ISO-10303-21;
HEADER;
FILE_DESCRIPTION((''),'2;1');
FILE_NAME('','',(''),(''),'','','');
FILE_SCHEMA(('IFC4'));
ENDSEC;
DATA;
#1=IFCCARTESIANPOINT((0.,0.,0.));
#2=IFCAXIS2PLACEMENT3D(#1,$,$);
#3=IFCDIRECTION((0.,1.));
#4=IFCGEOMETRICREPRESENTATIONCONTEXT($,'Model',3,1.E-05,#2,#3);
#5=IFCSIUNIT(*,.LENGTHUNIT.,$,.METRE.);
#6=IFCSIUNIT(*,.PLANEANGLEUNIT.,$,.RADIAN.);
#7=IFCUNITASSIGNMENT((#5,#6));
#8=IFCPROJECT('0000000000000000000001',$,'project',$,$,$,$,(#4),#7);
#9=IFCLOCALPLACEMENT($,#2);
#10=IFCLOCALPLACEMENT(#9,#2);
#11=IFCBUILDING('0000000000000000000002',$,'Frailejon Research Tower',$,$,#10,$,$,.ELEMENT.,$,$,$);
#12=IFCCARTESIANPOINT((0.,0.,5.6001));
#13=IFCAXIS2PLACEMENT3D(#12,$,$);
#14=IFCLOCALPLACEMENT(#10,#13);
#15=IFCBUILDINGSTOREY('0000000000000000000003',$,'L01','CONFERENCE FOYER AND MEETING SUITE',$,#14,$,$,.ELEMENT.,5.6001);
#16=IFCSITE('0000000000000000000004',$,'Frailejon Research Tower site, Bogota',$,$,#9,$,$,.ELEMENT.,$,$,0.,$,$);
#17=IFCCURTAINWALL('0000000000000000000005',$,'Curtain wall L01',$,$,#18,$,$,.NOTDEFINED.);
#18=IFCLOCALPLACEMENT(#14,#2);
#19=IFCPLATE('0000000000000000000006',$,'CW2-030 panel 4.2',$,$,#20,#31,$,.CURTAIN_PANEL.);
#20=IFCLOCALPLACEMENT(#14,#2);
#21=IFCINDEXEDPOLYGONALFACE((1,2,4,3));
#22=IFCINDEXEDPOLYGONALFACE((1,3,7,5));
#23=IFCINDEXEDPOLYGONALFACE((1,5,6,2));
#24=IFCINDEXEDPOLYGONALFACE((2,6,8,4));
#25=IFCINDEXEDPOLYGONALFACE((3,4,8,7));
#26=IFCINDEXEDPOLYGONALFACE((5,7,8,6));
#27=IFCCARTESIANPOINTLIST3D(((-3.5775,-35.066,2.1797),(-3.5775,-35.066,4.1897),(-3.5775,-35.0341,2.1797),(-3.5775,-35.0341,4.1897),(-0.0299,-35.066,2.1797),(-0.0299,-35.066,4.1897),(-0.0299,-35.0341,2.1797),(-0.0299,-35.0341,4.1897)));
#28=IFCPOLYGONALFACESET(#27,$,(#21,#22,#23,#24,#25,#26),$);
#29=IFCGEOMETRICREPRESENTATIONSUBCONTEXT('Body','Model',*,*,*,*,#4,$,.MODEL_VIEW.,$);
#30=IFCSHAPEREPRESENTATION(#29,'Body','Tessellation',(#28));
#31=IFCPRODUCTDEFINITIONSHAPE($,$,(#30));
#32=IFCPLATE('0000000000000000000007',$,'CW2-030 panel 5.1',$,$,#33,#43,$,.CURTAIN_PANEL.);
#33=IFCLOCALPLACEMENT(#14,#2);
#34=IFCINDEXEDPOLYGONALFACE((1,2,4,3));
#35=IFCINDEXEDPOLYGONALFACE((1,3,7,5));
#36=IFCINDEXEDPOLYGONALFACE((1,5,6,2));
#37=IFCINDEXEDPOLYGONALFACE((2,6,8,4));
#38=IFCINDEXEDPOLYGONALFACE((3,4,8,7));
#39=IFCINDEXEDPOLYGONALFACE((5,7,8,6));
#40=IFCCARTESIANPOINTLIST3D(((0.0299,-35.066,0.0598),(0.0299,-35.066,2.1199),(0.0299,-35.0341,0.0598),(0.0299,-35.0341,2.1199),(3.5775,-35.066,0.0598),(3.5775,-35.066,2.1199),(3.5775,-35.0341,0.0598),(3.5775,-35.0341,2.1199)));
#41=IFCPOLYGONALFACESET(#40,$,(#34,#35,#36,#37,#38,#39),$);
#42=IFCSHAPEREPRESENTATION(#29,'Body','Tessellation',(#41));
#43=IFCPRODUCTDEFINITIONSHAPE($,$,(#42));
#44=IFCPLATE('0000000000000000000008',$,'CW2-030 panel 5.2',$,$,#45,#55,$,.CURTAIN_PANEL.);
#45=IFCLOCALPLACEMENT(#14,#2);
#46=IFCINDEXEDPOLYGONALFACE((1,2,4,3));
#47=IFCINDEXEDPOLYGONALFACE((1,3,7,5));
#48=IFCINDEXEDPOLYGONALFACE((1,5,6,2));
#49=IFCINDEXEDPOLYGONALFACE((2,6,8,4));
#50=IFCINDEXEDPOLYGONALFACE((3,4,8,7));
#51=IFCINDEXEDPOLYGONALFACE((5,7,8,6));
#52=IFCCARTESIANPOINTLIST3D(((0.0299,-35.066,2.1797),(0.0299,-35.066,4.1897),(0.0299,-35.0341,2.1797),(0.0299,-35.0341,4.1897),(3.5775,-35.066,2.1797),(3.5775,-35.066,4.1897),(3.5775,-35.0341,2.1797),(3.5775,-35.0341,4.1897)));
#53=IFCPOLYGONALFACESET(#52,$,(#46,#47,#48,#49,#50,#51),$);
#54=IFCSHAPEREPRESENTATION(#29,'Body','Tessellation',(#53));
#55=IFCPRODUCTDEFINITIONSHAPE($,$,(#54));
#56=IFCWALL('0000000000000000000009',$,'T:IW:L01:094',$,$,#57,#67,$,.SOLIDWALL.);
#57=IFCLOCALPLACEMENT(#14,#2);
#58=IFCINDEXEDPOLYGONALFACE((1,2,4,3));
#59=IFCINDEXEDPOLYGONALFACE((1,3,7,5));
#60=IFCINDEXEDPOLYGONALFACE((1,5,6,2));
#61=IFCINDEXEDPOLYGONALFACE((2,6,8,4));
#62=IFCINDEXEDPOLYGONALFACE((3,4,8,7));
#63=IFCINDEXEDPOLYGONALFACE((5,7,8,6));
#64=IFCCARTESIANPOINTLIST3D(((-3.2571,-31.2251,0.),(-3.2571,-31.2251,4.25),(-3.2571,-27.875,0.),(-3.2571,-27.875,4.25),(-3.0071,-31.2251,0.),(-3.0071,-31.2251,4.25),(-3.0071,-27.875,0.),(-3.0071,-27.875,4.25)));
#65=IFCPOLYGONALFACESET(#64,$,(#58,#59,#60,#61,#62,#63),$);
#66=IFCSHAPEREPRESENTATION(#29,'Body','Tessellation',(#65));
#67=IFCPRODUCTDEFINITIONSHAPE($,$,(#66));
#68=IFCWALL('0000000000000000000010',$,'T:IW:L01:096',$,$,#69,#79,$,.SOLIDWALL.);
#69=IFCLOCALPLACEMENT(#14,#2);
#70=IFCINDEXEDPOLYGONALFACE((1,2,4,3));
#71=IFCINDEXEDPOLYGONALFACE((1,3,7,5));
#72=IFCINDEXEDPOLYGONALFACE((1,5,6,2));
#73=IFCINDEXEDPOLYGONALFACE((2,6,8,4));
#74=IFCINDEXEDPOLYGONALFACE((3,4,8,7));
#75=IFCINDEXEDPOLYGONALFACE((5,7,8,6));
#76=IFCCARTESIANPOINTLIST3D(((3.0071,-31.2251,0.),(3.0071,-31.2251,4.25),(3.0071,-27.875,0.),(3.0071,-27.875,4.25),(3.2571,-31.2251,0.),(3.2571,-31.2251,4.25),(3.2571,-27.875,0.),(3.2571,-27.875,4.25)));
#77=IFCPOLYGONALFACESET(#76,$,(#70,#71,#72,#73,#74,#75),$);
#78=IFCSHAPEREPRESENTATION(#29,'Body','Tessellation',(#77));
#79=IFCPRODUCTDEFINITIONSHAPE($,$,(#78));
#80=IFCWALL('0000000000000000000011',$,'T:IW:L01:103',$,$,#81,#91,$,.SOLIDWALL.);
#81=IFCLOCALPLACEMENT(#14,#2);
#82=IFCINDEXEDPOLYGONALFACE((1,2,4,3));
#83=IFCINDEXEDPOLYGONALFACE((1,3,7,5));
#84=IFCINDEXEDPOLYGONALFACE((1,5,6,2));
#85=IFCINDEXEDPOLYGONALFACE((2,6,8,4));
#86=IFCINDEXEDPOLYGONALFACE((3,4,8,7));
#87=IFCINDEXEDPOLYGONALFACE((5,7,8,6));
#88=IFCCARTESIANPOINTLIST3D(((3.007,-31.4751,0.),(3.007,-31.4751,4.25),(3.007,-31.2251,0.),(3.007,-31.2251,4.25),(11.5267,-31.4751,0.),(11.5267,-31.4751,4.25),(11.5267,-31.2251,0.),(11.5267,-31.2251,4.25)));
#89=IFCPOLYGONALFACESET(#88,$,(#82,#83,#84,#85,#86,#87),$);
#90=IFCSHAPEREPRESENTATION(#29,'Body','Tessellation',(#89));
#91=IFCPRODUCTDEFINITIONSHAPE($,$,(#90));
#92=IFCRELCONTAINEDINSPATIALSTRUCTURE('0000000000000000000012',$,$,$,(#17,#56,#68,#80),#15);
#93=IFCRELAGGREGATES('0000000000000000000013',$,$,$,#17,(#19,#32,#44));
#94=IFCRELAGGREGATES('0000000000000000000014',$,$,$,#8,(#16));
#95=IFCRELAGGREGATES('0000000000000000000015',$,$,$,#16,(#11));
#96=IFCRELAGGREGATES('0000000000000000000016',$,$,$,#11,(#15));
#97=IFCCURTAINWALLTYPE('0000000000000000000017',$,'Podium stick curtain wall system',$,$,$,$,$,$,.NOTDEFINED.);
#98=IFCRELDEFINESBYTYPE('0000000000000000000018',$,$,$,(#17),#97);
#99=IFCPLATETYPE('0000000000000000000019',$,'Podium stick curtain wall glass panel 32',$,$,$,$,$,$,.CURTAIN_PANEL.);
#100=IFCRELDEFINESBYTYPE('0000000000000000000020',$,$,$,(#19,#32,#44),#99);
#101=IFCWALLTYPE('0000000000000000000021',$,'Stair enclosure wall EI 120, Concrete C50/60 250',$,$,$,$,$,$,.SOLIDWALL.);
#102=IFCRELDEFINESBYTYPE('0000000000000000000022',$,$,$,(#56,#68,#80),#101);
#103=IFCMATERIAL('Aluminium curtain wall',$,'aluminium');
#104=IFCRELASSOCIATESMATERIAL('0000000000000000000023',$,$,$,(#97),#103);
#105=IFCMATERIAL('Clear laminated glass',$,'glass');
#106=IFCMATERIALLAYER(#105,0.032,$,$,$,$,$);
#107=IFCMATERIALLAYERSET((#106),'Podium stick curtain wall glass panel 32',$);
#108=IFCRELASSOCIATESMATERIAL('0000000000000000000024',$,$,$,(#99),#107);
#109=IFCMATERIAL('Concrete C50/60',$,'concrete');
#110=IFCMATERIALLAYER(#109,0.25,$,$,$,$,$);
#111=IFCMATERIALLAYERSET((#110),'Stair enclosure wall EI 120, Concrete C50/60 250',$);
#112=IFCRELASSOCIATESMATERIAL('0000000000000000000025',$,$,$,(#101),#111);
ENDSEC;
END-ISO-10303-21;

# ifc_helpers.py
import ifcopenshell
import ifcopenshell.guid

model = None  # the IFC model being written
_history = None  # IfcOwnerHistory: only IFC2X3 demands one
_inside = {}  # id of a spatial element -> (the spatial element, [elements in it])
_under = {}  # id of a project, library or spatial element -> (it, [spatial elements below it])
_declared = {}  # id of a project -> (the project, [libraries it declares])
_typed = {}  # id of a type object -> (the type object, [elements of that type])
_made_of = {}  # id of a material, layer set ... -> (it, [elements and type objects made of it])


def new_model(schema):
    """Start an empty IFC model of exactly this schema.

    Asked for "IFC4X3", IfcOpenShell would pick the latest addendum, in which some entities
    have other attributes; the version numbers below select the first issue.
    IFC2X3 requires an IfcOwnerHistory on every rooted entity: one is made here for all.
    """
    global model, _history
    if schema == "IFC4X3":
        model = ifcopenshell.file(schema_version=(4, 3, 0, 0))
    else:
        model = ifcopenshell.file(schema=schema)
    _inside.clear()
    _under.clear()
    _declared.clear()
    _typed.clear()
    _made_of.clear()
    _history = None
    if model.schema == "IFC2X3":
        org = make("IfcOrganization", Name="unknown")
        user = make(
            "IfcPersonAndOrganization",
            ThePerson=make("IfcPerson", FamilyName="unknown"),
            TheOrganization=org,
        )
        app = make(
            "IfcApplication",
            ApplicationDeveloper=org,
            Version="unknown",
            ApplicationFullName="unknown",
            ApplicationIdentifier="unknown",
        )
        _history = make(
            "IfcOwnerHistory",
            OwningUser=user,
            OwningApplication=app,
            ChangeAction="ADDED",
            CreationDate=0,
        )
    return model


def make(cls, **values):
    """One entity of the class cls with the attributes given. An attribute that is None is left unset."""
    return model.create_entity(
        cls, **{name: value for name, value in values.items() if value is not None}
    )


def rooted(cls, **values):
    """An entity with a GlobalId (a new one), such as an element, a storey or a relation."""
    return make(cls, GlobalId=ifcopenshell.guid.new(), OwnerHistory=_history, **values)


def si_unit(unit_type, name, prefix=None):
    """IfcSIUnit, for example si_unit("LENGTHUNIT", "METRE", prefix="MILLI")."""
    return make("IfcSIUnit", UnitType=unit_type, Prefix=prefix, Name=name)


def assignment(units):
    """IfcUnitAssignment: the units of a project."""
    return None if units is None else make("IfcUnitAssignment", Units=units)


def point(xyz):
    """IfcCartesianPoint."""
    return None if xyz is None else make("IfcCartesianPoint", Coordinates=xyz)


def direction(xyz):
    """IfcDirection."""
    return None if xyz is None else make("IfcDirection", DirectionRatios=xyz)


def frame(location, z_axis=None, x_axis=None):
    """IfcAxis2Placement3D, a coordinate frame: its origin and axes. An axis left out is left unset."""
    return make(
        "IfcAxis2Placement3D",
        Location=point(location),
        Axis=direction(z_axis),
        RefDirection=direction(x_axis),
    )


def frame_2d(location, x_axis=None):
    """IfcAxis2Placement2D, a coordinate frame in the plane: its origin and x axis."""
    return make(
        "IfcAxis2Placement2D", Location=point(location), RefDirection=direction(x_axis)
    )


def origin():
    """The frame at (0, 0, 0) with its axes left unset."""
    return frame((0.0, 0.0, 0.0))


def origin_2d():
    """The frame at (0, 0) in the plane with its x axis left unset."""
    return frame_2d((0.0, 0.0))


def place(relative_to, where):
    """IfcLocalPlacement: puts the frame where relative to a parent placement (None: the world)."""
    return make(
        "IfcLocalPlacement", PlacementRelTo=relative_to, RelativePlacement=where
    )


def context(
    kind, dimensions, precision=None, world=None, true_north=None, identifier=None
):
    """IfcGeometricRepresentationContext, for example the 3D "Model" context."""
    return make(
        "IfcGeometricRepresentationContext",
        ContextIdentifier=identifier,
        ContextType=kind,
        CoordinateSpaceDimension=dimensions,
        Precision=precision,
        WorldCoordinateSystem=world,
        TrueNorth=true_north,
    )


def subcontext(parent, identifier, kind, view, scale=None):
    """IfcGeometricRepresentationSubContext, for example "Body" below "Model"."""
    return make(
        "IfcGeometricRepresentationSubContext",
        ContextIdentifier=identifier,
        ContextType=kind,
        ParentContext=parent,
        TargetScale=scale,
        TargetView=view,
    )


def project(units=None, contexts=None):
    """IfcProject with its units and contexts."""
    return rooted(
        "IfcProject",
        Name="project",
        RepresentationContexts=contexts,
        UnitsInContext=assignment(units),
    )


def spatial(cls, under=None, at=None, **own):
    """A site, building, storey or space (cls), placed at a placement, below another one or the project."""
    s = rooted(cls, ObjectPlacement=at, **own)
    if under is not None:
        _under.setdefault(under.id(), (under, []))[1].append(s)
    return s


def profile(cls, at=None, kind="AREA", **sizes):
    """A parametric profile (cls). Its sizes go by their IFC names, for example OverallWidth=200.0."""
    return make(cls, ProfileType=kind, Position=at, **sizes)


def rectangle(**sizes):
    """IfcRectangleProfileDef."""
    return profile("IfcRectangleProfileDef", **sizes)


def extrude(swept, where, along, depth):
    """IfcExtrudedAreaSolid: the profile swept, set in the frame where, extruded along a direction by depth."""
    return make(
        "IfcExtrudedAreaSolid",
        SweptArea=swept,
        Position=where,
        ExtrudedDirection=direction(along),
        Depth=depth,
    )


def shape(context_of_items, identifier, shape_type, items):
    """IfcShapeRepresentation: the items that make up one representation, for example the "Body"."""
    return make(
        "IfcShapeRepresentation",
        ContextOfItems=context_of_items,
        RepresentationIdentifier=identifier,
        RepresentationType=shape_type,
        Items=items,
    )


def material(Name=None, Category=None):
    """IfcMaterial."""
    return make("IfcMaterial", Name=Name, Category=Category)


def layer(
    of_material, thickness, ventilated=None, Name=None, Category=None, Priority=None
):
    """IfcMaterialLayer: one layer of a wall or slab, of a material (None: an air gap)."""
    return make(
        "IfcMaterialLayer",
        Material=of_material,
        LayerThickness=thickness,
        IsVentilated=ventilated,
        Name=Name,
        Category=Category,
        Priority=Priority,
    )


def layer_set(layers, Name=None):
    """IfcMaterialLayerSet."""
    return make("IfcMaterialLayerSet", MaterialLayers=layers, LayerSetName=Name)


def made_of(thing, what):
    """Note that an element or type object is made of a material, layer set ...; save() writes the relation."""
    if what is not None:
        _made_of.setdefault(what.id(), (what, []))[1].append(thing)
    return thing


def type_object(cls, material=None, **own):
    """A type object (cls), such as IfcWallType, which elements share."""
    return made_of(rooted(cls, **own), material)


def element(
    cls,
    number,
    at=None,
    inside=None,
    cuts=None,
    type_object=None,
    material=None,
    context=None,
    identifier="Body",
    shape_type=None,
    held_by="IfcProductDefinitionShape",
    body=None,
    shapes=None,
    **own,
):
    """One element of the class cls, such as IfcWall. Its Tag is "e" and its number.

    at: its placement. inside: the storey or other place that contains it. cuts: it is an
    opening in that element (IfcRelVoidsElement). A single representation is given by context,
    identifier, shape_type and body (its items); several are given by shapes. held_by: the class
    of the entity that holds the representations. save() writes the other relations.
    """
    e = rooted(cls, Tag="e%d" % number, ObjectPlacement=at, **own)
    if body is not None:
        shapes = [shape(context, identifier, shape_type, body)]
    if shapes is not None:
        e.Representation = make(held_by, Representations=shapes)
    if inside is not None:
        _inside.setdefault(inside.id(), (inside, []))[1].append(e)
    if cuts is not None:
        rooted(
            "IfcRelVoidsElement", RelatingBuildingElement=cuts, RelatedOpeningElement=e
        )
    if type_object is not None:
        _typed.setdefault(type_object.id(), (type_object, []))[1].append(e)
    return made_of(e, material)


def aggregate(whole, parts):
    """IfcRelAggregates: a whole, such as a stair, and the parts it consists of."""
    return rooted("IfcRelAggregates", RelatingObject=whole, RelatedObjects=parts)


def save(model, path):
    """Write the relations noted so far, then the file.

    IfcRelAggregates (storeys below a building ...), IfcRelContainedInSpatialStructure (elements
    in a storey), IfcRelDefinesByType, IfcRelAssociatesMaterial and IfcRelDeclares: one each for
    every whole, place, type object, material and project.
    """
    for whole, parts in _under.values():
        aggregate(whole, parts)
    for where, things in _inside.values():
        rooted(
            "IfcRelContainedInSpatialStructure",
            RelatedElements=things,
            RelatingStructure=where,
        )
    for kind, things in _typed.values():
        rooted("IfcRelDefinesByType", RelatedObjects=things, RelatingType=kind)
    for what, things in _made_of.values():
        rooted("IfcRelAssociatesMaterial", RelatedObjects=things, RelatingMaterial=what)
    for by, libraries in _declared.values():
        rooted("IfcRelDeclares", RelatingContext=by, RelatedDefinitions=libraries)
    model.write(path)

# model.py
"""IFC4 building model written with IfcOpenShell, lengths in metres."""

from ifc_helpers import new_model, si_unit, direction, frame, frame_2d, origin, origin_2d, place, context, subcontext, project, spatial, rectangle, extrude, material, layer, layer_set, type_object, element, aggregate, save


model = new_model("IFC4")

# Units and contexts
model_context = context("Model", 3, precision=1e-05, world=origin(), true_north=direction((0.0, 1.0)))
body_context = subcontext(model_context, "Body", "Model", "MODEL_VIEW")
ifc_project = project(units=[si_unit("LENGTHUNIT", "METRE"), si_unit("PLANEANGLEUNIT", "RADIAN")], contexts=[model_context])

# Site, building, storey
site_placement = place(None, origin())
site = spatial("IfcSite", under=ifc_project, at=site_placement, Name="Frailejon Research Tower site, Bogota", CompositionType="ELEMENT", RefElevation=0.0)
building_placement = place(site_placement, origin())
building = spatial("IfcBuilding", under=site, at=building_placement, Name="Frailejon Research Tower", CompositionType="ELEMENT")
storey_placement = place(building_placement, frame((0.0, 0.0, 5.6001)))
storey = spatial("IfcBuildingStorey", under=building, at=storey_placement, Name="L01", Description="CONFERENCE FOYER AND MEETING SUITE", CompositionType="ELEMENT", Elevation=5.6001)

# Curtain wall, plates
ifc_material_1 = material(Name="Aluminium curtain wall", Category="aluminium")
curtain_wall_type = type_object("IfcCurtainWallType", Name="Podium stick curtain wall system", PredefinedType="NOTDEFINED", material=ifc_material_1)
curtain_wall_placement = place(storey_placement, origin())
curtain_wall = element("IfcCurtainWall", 1, at=curtain_wall_placement, inside=storey, type_object=curtain_wall_type, Name="Curtain wall L01", PredefinedType="NOTDEFINED")
ifc_material_2 = material(Name="Clear laminated glass", Category="glass")
ifc_layer_1 = layer(ifc_material_2, 0.032)
ifc_layer_set_1 = layer_set([ifc_layer_1], Name="Podium stick curtain wall glass panel 32")
plate_type = type_object("IfcPlateType", Name="Podium stick curtain wall glass panel 32", PredefinedType="CURTAIN_PANEL", material=ifc_layer_set_1)
plate_1_placement = place(storey_placement, frame((-1.8037, -35.05, 2.1797), z_axis=(0.0, 0.0, 1.0), x_axis=(1.0, 0.0, 0.0)))
plate_1 = element("IfcPlate", 2, at=plate_1_placement, type_object=plate_type, Name="CW2-030 panel 4.2", PredefinedType="CURTAIN_PANEL", context=body_context, shape_type="SweptSolid", body=[
    extrude(rectangle(XDim=3.5476, YDim=0.032, at=origin_2d()), origin(), (0.0, 0.0, 1.0), 2.01),
])
plate_2_placement = place(storey_placement, frame((1.8037, -35.05, 0.0598), z_axis=(0.0, 0.0, 1.0), x_axis=(1.0, 0.0, 0.0)))
plate_2 = element("IfcPlate", 3, at=plate_2_placement, type_object=plate_type, Name="CW2-030 panel 5.1", PredefinedType="CURTAIN_PANEL", context=body_context, shape_type="SweptSolid", body=[
    extrude(rectangle(XDim=3.5476, YDim=0.032, at=origin_2d()), origin(), (0.0, 0.0, 1.0), 2.0601),
])
plate_3_placement = place(storey_placement, frame((1.8037, -35.05, 2.1797), z_axis=(0.0, 0.0, 1.0), x_axis=(1.0, 0.0, 0.0)))
plate_3 = element("IfcPlate", 4, at=plate_3_placement, type_object=plate_type, Name="CW2-030 panel 5.2", PredefinedType="CURTAIN_PANEL", context=body_context, shape_type="SweptSolid", body=[
    extrude(rectangle(XDim=3.5476, YDim=0.032, at=origin_2d()), origin(), (0.0, 0.0, 1.0), 2.01),
])
aggregate(curtain_wall, [plate_1, plate_2, plate_3])

# Walls
ifc_material_3 = material(Name="Concrete C50/60", Category="concrete")
ifc_layer_2 = layer(ifc_material_3, 0.25)
ifc_layer_set_2 = layer_set([ifc_layer_2], Name="Stair enclosure wall EI 120, Concrete C50/60 250")
wall_type = type_object("IfcWallType", Name="Stair enclosure wall EI 120, Concrete C50/60 250", PredefinedType="SOLIDWALL", material=ifc_layer_set_2)
for number, where, z_axis, x_axis, name in (
    (5, (-3.1321, -31.2251, 0.0), (0.0, 0.0, 1.0), (0.0, 1.0, 0.0), "T:IW:L01:094"),
    (6, (3.1321, -31.2251, 0.0), (0.0, 0.0, 1.0), (0.0, 1.0, 0.0), "T:IW:L01:096"),
):
    element("IfcWall", number, at=place(storey_placement, frame(where, z_axis=z_axis, x_axis=x_axis)), inside=storey, type_object=wall_type, Name=name, PredefinedType="SOLIDWALL", context=body_context, shape_type="SweptSolid", body=[
        extrude(rectangle(XDim=3.3501, YDim=0.25, at=frame_2d((1.675, 0.0))), origin(), (0.0, 0.0, 1.0), 4.25),
    ])
wall_placement = place(storey_placement, frame((3.0071, -31.3501, 0.0), z_axis=(0.0, 0.0, 1.0), x_axis=(1.0, 0.0, 0.0)))
element("IfcWall", 7, at=wall_placement, inside=storey, type_object=wall_type, Name="T:IW:L01:103", PredefinedType="SOLIDWALL", context=body_context, shape_type="SweptSolid", body=[
    extrude(rectangle(XDim=8.5198, YDim=0.25, at=frame_2d((4.2598, 0.0))), origin(), (0.0, 0.0, 1.0), 4.25),
])

save(model, "model.ifc")
